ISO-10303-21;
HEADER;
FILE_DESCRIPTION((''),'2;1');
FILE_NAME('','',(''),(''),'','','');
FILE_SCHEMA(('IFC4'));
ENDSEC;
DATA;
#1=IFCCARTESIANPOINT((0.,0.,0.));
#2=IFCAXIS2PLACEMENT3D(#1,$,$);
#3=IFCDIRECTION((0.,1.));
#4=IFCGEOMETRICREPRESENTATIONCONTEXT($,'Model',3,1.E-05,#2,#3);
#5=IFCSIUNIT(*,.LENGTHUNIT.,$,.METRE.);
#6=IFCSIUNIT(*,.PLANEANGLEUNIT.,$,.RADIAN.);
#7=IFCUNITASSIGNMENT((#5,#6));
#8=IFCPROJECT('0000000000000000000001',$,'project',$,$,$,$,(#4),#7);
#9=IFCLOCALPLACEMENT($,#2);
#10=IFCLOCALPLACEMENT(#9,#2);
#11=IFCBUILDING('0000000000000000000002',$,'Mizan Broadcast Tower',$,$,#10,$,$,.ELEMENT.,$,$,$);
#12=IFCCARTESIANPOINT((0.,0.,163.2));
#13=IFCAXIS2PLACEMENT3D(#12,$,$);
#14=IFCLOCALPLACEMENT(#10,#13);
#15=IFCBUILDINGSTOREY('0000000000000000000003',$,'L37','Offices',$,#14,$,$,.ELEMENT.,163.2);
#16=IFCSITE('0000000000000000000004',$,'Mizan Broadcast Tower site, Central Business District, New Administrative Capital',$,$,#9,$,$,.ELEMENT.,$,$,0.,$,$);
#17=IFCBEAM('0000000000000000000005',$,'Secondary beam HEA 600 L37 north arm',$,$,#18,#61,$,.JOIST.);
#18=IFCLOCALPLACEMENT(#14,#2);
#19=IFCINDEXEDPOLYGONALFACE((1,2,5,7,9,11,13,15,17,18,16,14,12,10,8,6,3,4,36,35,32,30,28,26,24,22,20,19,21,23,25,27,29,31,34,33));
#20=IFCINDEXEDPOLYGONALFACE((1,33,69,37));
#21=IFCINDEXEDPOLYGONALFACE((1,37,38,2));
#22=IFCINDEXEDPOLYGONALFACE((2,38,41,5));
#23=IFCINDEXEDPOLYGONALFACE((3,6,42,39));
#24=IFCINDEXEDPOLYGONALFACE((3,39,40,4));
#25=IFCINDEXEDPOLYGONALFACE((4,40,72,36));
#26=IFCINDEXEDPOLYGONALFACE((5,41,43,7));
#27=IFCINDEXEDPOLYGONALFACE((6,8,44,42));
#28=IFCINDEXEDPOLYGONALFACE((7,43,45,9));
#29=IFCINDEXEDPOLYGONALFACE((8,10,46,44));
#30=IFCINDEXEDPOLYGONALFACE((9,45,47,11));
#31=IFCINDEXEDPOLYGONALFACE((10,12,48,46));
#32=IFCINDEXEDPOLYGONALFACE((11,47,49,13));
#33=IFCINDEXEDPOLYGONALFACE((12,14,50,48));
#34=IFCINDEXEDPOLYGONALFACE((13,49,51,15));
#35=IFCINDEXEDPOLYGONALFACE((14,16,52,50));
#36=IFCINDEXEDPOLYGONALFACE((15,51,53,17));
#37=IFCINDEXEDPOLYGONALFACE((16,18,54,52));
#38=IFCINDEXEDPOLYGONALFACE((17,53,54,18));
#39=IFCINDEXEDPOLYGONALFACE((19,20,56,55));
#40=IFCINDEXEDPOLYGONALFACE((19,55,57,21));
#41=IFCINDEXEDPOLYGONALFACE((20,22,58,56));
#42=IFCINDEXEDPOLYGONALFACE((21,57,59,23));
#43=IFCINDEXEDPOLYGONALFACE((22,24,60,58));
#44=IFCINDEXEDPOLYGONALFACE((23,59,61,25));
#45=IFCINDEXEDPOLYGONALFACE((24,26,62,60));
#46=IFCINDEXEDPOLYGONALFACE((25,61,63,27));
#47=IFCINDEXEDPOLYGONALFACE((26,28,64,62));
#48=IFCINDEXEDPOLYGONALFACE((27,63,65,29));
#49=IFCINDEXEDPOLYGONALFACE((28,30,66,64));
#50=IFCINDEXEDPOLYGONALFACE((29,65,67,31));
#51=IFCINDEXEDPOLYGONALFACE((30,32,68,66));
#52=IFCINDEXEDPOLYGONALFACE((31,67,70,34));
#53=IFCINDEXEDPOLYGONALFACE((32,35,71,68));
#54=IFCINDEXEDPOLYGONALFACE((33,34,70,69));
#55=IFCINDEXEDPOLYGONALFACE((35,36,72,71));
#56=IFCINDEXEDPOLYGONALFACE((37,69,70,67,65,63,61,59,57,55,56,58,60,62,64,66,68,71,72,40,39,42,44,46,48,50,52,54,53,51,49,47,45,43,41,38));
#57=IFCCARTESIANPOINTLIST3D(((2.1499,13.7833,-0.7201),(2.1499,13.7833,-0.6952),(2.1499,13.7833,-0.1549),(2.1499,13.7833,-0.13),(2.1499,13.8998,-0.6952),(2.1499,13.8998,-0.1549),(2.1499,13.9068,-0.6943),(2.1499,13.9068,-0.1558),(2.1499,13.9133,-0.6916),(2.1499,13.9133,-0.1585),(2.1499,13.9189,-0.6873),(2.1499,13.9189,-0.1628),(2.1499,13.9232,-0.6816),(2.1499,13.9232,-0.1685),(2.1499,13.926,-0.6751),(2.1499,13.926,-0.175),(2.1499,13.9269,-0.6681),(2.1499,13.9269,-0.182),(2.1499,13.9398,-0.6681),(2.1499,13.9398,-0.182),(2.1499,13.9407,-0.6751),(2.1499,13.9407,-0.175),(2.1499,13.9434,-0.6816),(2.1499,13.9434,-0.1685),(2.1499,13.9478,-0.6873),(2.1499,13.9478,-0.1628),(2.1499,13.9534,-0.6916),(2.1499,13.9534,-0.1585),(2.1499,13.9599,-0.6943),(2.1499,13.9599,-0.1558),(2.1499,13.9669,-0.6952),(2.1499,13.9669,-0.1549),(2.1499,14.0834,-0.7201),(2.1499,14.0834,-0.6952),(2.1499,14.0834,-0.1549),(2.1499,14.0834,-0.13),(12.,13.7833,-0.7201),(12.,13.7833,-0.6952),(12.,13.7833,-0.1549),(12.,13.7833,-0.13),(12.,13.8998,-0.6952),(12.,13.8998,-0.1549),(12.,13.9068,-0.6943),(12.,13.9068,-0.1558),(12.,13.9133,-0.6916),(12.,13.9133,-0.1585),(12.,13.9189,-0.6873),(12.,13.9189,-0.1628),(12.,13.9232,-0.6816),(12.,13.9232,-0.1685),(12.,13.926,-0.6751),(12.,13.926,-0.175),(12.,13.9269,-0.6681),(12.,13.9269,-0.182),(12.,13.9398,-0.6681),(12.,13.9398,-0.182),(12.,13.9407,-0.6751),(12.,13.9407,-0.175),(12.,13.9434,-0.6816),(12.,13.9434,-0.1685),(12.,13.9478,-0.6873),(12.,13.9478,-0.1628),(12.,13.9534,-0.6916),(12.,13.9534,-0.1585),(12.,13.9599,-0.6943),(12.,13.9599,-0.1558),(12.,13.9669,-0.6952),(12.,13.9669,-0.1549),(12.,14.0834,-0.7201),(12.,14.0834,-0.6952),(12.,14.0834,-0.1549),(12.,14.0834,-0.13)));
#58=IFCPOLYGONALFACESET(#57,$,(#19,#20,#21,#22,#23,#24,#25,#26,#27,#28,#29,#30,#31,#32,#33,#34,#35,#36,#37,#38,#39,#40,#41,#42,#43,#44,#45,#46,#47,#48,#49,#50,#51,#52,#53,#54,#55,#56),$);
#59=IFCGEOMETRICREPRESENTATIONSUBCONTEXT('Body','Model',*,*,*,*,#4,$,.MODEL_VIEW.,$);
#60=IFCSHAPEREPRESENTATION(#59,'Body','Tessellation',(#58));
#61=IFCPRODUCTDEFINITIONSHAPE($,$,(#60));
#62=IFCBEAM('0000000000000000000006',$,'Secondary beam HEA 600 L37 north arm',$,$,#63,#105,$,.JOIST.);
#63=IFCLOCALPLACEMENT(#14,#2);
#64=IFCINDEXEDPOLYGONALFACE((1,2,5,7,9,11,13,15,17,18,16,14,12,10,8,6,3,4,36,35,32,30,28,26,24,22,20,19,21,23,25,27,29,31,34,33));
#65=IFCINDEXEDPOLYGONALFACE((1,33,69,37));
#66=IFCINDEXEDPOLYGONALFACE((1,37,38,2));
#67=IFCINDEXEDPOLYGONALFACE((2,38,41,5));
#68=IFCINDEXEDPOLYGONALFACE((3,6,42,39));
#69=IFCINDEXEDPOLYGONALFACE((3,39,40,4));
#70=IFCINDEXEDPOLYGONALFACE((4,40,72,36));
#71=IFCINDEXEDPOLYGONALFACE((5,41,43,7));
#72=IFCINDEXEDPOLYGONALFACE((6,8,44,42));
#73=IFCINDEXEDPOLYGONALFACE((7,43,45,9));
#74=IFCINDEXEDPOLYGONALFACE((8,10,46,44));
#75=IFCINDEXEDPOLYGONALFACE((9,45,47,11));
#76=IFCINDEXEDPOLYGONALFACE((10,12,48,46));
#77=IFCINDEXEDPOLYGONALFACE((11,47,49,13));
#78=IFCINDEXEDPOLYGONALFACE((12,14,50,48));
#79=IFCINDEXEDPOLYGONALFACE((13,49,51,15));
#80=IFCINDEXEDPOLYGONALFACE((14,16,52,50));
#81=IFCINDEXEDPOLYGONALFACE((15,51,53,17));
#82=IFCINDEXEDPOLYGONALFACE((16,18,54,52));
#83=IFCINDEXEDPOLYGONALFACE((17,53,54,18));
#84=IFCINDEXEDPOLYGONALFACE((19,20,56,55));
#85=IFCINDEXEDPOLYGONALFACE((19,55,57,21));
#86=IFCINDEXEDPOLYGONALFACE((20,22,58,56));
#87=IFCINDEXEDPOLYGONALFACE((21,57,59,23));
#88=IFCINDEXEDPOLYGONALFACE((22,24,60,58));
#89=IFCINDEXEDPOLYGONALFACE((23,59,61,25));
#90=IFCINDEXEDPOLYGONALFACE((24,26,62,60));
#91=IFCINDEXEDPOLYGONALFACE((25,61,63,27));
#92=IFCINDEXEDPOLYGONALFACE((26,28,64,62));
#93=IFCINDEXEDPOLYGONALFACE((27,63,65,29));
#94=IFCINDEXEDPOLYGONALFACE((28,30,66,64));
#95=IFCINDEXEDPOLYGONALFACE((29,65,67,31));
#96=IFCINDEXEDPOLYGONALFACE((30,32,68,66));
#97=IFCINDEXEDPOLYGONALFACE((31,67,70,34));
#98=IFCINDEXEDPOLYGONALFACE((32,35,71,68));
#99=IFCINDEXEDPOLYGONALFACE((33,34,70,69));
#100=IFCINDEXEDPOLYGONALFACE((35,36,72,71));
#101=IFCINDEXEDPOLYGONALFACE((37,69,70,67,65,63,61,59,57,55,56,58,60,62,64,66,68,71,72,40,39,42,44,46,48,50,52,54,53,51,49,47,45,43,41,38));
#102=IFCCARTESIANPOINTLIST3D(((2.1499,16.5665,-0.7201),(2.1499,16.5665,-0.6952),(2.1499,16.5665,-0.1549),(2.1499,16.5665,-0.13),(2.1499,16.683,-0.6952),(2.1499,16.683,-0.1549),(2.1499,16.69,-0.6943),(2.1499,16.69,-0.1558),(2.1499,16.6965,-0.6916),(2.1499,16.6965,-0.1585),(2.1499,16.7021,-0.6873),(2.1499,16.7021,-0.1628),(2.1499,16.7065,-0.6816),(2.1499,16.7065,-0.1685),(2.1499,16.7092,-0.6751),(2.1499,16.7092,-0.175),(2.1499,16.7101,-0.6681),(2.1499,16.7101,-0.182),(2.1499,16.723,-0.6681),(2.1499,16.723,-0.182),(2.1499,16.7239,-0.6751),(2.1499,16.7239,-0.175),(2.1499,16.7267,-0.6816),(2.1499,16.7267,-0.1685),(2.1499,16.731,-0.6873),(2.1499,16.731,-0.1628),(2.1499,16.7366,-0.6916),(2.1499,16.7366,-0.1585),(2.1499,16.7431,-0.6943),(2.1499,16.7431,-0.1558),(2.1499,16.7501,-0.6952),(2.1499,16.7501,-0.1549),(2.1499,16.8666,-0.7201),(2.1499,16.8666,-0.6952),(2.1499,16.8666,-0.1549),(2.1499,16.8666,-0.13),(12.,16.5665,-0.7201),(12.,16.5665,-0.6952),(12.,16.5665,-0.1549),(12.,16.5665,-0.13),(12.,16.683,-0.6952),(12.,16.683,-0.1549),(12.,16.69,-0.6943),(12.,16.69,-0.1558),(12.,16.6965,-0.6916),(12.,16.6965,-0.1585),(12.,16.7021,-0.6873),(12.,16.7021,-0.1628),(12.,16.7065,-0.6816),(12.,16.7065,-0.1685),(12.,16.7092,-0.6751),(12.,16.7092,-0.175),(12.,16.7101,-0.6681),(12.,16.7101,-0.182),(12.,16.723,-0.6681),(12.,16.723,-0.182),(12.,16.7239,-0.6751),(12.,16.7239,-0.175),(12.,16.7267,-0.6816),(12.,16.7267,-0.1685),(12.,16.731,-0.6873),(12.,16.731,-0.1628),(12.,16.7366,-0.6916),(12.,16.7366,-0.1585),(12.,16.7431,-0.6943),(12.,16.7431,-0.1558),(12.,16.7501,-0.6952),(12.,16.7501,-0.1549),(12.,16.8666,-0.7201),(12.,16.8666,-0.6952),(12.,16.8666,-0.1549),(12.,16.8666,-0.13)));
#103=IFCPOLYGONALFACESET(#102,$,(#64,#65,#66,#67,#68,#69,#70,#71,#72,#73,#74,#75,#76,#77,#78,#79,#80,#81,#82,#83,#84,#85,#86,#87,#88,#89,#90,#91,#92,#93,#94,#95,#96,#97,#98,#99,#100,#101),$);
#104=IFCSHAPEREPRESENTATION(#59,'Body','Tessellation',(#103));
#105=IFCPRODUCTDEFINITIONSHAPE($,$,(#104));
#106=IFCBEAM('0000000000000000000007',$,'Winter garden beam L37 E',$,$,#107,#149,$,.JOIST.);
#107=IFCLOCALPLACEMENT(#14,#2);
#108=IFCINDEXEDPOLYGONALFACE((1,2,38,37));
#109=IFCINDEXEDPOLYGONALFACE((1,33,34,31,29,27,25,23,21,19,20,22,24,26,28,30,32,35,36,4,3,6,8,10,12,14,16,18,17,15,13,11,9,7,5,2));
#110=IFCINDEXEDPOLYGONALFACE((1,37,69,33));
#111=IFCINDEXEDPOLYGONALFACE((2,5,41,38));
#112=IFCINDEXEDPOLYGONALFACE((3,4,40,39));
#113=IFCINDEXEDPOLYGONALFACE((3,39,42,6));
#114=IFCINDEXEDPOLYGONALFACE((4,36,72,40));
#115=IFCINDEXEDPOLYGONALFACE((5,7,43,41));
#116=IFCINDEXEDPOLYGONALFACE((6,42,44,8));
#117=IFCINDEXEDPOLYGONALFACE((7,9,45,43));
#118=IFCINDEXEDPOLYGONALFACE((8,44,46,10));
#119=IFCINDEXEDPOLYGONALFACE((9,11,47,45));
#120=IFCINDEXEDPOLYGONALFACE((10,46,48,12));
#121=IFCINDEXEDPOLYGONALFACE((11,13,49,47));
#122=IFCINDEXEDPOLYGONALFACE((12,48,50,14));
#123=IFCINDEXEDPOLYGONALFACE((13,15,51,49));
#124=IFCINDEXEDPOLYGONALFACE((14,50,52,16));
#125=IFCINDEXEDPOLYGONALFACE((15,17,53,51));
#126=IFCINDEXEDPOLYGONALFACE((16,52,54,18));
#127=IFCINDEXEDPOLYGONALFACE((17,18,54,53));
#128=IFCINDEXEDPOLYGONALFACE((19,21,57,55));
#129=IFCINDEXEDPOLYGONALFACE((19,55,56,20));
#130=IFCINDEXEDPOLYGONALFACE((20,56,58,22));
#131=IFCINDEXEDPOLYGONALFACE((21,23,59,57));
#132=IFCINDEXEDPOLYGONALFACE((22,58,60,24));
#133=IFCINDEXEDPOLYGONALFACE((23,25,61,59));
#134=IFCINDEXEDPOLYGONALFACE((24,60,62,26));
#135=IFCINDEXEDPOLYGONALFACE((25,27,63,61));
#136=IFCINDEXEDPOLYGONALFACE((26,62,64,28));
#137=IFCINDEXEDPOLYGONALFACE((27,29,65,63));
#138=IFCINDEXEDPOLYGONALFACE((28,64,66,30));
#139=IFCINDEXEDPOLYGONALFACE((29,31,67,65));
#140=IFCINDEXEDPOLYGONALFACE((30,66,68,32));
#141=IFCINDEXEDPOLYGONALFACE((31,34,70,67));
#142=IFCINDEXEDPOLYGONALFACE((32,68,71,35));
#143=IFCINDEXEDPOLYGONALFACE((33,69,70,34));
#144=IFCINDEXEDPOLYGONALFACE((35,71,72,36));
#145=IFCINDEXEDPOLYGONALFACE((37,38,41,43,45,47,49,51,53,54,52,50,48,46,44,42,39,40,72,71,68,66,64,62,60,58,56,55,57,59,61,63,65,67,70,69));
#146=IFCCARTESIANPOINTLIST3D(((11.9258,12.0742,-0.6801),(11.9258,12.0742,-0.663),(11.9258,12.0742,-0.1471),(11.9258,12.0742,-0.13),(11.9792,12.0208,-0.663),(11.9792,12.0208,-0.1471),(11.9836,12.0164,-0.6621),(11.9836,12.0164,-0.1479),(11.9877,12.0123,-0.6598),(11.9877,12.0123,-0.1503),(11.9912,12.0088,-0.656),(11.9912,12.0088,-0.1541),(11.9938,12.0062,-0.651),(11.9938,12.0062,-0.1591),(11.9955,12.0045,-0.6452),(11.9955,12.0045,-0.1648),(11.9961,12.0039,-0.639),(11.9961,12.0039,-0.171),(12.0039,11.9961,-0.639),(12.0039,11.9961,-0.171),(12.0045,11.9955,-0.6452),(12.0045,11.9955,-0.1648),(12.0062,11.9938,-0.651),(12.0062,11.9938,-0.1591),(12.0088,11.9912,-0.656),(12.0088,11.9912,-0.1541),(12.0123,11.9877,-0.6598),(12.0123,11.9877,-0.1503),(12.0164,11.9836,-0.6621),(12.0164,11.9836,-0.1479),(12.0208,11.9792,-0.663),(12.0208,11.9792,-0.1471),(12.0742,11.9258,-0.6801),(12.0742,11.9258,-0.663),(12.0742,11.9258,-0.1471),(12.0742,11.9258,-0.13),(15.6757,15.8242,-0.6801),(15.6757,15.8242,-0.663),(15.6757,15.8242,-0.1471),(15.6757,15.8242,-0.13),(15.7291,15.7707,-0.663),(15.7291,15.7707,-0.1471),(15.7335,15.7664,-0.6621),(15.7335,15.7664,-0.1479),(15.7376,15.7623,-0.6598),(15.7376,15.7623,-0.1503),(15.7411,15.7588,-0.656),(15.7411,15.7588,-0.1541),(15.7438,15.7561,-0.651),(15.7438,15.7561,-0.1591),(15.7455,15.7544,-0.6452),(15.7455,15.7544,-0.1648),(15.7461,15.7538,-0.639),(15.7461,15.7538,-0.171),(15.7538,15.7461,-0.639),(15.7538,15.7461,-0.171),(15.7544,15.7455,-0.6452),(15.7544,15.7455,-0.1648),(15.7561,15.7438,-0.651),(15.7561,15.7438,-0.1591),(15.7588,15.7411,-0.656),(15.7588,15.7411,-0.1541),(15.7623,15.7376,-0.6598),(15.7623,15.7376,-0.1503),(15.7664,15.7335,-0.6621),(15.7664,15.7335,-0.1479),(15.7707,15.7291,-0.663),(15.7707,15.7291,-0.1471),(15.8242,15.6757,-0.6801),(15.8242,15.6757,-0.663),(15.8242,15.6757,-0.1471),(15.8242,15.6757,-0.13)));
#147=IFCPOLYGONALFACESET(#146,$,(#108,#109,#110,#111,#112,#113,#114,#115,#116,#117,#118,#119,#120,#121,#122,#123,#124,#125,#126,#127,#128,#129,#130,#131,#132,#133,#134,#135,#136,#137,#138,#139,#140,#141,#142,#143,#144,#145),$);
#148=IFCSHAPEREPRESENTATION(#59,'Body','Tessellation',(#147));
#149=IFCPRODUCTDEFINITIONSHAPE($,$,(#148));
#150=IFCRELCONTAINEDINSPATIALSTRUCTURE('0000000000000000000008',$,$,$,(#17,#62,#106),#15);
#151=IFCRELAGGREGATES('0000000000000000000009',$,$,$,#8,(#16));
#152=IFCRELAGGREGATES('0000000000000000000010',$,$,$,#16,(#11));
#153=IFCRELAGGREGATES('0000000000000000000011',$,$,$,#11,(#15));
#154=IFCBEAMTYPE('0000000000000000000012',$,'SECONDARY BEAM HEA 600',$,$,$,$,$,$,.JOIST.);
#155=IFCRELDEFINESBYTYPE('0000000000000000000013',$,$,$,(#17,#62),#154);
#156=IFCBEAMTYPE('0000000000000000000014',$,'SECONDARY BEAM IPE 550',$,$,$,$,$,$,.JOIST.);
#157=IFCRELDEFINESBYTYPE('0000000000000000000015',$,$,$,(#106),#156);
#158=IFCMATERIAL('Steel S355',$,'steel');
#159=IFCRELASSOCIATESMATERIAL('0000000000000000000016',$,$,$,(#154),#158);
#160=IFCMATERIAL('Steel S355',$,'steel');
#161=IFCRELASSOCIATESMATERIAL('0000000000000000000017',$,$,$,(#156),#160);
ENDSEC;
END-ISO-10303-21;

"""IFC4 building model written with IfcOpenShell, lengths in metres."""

from ifc_helpers import new_model, si_unit, direction, frame, origin, origin_2d, place, context, subcontext, project, spatial, i_section, extrude, material, material_profile, profile_set, type_object, element, save


model = new_model("IFC4")

# Units and contexts
model_context = context("Model", 3, precision=1e-05, world=origin(), true_north=direction((0.0, 1.0)))
body_context = subcontext(model_context, "Body", "Model", "MODEL_VIEW")
ifc_project = project(units=[si_unit("LENGTHUNIT", "METRE"), si_unit("PLANEANGLEUNIT", "RADIAN")], contexts=[model_context])

# Site, building, storey
site_placement = place(None, origin())
site = spatial("IfcSite", under=ifc_project, at=site_placement, Name="Mizan Broadcast Tower site, Central Business District, New Administrative Capital", CompositionType="ELEMENT", RefElevation=0.0)
building_placement = place(site_placement, origin())
building = spatial("IfcBuilding", under=site, at=building_placement, Name="Mizan Broadcast Tower", CompositionType="ELEMENT")
storey_placement = place(building_placement, frame((0.0, 0.0, 163.2)))
storey = spatial("IfcBuildingStorey", under=building, at=storey_placement, Name="L37", Description="Offices", CompositionType="ELEMENT", Elevation=163.2)

# Beams
ifc_material_1 = material(Name="Steel S355", Category="steel")
ifc_material_profile_1 = material_profile(ifc_material_1, i_section(OverallWidth=0.3, OverallDepth=0.5901, WebThickness=0.0129, FlangeThickness=0.0249, FilletRadius=0.0271, at=origin_2d()), Name="HEA 600")
ifc_profile_set_1 = profile_set([ifc_material_profile_1], Name="Steel S355")
beam_type_1 = type_object("IfcBeamType", Name="SECONDARY BEAM HEA 600", PredefinedType="JOIST", material=ifc_profile_set_1)
for number, where, z_axis, x_axis, name in (
    (1, (12.0, 13.9333, -0.425), (-1.0, 0.0, 0.0), (0.0, -1.0, 0.0), "Secondary beam HEA 600 L37 north arm"),
    (2, (12.0, 16.7166, -0.425), (-1.0, 0.0, 0.0), (0.0, -1.0, 0.0), "Secondary beam HEA 600 L37 north arm"),
):
    element("IfcBeam", number, at=place(storey_placement, frame(where, z_axis=z_axis, x_axis=x_axis)), inside=storey, type_object=beam_type_1, Name=name, PredefinedType="JOIST", context=body_context, shape_type="SweptSolid", body=[
        extrude(i_section(OverallWidth=0.3, OverallDepth=0.5901, WebThickness=0.0129, FlangeThickness=0.0249, FilletRadius=0.0271, at=origin_2d()), origin(), (0.0, 0.0, 1.0), 9.8501),
    ])
ifc_material_2 = material(Name="Steel S355", Category="steel")
ifc_material_profile_2 = material_profile(ifc_material_2, i_section(OverallWidth=0.21, OverallDepth=0.55, WebThickness=0.011, FlangeThickness=0.0171, FilletRadius=0.0239, at=origin_2d()), Name="IPE 550")
ifc_profile_set_2 = profile_set([ifc_material_profile_2], Name="Steel S355")
beam_type_2 = type_object("IfcBeamType", Name="SECONDARY BEAM IPE 550", PredefinedType="JOIST", material=ifc_profile_set_2)
beam_1_placement = place(storey_placement, frame((12.0, 12.0, -0.405), z_axis=(0.707107, 0.707107, 0.0), x_axis=(-0.707107, 0.707107, 0.0)))
element("IfcBeam", 3, at=beam_1_placement, inside=storey, type_object=beam_type_2, Name="Winter garden beam L37 E", PredefinedType="JOIST", context=body_context, shape_type="SweptSolid", body=[
    extrude(i_section(OverallWidth=0.21, OverallDepth=0.55, WebThickness=0.011, FlangeThickness=0.0171, FilletRadius=0.0239, at=origin_2d()), origin(), (0.0, 0.0, 1.0), 5.3032),
])

save(model, "model.ifc")
